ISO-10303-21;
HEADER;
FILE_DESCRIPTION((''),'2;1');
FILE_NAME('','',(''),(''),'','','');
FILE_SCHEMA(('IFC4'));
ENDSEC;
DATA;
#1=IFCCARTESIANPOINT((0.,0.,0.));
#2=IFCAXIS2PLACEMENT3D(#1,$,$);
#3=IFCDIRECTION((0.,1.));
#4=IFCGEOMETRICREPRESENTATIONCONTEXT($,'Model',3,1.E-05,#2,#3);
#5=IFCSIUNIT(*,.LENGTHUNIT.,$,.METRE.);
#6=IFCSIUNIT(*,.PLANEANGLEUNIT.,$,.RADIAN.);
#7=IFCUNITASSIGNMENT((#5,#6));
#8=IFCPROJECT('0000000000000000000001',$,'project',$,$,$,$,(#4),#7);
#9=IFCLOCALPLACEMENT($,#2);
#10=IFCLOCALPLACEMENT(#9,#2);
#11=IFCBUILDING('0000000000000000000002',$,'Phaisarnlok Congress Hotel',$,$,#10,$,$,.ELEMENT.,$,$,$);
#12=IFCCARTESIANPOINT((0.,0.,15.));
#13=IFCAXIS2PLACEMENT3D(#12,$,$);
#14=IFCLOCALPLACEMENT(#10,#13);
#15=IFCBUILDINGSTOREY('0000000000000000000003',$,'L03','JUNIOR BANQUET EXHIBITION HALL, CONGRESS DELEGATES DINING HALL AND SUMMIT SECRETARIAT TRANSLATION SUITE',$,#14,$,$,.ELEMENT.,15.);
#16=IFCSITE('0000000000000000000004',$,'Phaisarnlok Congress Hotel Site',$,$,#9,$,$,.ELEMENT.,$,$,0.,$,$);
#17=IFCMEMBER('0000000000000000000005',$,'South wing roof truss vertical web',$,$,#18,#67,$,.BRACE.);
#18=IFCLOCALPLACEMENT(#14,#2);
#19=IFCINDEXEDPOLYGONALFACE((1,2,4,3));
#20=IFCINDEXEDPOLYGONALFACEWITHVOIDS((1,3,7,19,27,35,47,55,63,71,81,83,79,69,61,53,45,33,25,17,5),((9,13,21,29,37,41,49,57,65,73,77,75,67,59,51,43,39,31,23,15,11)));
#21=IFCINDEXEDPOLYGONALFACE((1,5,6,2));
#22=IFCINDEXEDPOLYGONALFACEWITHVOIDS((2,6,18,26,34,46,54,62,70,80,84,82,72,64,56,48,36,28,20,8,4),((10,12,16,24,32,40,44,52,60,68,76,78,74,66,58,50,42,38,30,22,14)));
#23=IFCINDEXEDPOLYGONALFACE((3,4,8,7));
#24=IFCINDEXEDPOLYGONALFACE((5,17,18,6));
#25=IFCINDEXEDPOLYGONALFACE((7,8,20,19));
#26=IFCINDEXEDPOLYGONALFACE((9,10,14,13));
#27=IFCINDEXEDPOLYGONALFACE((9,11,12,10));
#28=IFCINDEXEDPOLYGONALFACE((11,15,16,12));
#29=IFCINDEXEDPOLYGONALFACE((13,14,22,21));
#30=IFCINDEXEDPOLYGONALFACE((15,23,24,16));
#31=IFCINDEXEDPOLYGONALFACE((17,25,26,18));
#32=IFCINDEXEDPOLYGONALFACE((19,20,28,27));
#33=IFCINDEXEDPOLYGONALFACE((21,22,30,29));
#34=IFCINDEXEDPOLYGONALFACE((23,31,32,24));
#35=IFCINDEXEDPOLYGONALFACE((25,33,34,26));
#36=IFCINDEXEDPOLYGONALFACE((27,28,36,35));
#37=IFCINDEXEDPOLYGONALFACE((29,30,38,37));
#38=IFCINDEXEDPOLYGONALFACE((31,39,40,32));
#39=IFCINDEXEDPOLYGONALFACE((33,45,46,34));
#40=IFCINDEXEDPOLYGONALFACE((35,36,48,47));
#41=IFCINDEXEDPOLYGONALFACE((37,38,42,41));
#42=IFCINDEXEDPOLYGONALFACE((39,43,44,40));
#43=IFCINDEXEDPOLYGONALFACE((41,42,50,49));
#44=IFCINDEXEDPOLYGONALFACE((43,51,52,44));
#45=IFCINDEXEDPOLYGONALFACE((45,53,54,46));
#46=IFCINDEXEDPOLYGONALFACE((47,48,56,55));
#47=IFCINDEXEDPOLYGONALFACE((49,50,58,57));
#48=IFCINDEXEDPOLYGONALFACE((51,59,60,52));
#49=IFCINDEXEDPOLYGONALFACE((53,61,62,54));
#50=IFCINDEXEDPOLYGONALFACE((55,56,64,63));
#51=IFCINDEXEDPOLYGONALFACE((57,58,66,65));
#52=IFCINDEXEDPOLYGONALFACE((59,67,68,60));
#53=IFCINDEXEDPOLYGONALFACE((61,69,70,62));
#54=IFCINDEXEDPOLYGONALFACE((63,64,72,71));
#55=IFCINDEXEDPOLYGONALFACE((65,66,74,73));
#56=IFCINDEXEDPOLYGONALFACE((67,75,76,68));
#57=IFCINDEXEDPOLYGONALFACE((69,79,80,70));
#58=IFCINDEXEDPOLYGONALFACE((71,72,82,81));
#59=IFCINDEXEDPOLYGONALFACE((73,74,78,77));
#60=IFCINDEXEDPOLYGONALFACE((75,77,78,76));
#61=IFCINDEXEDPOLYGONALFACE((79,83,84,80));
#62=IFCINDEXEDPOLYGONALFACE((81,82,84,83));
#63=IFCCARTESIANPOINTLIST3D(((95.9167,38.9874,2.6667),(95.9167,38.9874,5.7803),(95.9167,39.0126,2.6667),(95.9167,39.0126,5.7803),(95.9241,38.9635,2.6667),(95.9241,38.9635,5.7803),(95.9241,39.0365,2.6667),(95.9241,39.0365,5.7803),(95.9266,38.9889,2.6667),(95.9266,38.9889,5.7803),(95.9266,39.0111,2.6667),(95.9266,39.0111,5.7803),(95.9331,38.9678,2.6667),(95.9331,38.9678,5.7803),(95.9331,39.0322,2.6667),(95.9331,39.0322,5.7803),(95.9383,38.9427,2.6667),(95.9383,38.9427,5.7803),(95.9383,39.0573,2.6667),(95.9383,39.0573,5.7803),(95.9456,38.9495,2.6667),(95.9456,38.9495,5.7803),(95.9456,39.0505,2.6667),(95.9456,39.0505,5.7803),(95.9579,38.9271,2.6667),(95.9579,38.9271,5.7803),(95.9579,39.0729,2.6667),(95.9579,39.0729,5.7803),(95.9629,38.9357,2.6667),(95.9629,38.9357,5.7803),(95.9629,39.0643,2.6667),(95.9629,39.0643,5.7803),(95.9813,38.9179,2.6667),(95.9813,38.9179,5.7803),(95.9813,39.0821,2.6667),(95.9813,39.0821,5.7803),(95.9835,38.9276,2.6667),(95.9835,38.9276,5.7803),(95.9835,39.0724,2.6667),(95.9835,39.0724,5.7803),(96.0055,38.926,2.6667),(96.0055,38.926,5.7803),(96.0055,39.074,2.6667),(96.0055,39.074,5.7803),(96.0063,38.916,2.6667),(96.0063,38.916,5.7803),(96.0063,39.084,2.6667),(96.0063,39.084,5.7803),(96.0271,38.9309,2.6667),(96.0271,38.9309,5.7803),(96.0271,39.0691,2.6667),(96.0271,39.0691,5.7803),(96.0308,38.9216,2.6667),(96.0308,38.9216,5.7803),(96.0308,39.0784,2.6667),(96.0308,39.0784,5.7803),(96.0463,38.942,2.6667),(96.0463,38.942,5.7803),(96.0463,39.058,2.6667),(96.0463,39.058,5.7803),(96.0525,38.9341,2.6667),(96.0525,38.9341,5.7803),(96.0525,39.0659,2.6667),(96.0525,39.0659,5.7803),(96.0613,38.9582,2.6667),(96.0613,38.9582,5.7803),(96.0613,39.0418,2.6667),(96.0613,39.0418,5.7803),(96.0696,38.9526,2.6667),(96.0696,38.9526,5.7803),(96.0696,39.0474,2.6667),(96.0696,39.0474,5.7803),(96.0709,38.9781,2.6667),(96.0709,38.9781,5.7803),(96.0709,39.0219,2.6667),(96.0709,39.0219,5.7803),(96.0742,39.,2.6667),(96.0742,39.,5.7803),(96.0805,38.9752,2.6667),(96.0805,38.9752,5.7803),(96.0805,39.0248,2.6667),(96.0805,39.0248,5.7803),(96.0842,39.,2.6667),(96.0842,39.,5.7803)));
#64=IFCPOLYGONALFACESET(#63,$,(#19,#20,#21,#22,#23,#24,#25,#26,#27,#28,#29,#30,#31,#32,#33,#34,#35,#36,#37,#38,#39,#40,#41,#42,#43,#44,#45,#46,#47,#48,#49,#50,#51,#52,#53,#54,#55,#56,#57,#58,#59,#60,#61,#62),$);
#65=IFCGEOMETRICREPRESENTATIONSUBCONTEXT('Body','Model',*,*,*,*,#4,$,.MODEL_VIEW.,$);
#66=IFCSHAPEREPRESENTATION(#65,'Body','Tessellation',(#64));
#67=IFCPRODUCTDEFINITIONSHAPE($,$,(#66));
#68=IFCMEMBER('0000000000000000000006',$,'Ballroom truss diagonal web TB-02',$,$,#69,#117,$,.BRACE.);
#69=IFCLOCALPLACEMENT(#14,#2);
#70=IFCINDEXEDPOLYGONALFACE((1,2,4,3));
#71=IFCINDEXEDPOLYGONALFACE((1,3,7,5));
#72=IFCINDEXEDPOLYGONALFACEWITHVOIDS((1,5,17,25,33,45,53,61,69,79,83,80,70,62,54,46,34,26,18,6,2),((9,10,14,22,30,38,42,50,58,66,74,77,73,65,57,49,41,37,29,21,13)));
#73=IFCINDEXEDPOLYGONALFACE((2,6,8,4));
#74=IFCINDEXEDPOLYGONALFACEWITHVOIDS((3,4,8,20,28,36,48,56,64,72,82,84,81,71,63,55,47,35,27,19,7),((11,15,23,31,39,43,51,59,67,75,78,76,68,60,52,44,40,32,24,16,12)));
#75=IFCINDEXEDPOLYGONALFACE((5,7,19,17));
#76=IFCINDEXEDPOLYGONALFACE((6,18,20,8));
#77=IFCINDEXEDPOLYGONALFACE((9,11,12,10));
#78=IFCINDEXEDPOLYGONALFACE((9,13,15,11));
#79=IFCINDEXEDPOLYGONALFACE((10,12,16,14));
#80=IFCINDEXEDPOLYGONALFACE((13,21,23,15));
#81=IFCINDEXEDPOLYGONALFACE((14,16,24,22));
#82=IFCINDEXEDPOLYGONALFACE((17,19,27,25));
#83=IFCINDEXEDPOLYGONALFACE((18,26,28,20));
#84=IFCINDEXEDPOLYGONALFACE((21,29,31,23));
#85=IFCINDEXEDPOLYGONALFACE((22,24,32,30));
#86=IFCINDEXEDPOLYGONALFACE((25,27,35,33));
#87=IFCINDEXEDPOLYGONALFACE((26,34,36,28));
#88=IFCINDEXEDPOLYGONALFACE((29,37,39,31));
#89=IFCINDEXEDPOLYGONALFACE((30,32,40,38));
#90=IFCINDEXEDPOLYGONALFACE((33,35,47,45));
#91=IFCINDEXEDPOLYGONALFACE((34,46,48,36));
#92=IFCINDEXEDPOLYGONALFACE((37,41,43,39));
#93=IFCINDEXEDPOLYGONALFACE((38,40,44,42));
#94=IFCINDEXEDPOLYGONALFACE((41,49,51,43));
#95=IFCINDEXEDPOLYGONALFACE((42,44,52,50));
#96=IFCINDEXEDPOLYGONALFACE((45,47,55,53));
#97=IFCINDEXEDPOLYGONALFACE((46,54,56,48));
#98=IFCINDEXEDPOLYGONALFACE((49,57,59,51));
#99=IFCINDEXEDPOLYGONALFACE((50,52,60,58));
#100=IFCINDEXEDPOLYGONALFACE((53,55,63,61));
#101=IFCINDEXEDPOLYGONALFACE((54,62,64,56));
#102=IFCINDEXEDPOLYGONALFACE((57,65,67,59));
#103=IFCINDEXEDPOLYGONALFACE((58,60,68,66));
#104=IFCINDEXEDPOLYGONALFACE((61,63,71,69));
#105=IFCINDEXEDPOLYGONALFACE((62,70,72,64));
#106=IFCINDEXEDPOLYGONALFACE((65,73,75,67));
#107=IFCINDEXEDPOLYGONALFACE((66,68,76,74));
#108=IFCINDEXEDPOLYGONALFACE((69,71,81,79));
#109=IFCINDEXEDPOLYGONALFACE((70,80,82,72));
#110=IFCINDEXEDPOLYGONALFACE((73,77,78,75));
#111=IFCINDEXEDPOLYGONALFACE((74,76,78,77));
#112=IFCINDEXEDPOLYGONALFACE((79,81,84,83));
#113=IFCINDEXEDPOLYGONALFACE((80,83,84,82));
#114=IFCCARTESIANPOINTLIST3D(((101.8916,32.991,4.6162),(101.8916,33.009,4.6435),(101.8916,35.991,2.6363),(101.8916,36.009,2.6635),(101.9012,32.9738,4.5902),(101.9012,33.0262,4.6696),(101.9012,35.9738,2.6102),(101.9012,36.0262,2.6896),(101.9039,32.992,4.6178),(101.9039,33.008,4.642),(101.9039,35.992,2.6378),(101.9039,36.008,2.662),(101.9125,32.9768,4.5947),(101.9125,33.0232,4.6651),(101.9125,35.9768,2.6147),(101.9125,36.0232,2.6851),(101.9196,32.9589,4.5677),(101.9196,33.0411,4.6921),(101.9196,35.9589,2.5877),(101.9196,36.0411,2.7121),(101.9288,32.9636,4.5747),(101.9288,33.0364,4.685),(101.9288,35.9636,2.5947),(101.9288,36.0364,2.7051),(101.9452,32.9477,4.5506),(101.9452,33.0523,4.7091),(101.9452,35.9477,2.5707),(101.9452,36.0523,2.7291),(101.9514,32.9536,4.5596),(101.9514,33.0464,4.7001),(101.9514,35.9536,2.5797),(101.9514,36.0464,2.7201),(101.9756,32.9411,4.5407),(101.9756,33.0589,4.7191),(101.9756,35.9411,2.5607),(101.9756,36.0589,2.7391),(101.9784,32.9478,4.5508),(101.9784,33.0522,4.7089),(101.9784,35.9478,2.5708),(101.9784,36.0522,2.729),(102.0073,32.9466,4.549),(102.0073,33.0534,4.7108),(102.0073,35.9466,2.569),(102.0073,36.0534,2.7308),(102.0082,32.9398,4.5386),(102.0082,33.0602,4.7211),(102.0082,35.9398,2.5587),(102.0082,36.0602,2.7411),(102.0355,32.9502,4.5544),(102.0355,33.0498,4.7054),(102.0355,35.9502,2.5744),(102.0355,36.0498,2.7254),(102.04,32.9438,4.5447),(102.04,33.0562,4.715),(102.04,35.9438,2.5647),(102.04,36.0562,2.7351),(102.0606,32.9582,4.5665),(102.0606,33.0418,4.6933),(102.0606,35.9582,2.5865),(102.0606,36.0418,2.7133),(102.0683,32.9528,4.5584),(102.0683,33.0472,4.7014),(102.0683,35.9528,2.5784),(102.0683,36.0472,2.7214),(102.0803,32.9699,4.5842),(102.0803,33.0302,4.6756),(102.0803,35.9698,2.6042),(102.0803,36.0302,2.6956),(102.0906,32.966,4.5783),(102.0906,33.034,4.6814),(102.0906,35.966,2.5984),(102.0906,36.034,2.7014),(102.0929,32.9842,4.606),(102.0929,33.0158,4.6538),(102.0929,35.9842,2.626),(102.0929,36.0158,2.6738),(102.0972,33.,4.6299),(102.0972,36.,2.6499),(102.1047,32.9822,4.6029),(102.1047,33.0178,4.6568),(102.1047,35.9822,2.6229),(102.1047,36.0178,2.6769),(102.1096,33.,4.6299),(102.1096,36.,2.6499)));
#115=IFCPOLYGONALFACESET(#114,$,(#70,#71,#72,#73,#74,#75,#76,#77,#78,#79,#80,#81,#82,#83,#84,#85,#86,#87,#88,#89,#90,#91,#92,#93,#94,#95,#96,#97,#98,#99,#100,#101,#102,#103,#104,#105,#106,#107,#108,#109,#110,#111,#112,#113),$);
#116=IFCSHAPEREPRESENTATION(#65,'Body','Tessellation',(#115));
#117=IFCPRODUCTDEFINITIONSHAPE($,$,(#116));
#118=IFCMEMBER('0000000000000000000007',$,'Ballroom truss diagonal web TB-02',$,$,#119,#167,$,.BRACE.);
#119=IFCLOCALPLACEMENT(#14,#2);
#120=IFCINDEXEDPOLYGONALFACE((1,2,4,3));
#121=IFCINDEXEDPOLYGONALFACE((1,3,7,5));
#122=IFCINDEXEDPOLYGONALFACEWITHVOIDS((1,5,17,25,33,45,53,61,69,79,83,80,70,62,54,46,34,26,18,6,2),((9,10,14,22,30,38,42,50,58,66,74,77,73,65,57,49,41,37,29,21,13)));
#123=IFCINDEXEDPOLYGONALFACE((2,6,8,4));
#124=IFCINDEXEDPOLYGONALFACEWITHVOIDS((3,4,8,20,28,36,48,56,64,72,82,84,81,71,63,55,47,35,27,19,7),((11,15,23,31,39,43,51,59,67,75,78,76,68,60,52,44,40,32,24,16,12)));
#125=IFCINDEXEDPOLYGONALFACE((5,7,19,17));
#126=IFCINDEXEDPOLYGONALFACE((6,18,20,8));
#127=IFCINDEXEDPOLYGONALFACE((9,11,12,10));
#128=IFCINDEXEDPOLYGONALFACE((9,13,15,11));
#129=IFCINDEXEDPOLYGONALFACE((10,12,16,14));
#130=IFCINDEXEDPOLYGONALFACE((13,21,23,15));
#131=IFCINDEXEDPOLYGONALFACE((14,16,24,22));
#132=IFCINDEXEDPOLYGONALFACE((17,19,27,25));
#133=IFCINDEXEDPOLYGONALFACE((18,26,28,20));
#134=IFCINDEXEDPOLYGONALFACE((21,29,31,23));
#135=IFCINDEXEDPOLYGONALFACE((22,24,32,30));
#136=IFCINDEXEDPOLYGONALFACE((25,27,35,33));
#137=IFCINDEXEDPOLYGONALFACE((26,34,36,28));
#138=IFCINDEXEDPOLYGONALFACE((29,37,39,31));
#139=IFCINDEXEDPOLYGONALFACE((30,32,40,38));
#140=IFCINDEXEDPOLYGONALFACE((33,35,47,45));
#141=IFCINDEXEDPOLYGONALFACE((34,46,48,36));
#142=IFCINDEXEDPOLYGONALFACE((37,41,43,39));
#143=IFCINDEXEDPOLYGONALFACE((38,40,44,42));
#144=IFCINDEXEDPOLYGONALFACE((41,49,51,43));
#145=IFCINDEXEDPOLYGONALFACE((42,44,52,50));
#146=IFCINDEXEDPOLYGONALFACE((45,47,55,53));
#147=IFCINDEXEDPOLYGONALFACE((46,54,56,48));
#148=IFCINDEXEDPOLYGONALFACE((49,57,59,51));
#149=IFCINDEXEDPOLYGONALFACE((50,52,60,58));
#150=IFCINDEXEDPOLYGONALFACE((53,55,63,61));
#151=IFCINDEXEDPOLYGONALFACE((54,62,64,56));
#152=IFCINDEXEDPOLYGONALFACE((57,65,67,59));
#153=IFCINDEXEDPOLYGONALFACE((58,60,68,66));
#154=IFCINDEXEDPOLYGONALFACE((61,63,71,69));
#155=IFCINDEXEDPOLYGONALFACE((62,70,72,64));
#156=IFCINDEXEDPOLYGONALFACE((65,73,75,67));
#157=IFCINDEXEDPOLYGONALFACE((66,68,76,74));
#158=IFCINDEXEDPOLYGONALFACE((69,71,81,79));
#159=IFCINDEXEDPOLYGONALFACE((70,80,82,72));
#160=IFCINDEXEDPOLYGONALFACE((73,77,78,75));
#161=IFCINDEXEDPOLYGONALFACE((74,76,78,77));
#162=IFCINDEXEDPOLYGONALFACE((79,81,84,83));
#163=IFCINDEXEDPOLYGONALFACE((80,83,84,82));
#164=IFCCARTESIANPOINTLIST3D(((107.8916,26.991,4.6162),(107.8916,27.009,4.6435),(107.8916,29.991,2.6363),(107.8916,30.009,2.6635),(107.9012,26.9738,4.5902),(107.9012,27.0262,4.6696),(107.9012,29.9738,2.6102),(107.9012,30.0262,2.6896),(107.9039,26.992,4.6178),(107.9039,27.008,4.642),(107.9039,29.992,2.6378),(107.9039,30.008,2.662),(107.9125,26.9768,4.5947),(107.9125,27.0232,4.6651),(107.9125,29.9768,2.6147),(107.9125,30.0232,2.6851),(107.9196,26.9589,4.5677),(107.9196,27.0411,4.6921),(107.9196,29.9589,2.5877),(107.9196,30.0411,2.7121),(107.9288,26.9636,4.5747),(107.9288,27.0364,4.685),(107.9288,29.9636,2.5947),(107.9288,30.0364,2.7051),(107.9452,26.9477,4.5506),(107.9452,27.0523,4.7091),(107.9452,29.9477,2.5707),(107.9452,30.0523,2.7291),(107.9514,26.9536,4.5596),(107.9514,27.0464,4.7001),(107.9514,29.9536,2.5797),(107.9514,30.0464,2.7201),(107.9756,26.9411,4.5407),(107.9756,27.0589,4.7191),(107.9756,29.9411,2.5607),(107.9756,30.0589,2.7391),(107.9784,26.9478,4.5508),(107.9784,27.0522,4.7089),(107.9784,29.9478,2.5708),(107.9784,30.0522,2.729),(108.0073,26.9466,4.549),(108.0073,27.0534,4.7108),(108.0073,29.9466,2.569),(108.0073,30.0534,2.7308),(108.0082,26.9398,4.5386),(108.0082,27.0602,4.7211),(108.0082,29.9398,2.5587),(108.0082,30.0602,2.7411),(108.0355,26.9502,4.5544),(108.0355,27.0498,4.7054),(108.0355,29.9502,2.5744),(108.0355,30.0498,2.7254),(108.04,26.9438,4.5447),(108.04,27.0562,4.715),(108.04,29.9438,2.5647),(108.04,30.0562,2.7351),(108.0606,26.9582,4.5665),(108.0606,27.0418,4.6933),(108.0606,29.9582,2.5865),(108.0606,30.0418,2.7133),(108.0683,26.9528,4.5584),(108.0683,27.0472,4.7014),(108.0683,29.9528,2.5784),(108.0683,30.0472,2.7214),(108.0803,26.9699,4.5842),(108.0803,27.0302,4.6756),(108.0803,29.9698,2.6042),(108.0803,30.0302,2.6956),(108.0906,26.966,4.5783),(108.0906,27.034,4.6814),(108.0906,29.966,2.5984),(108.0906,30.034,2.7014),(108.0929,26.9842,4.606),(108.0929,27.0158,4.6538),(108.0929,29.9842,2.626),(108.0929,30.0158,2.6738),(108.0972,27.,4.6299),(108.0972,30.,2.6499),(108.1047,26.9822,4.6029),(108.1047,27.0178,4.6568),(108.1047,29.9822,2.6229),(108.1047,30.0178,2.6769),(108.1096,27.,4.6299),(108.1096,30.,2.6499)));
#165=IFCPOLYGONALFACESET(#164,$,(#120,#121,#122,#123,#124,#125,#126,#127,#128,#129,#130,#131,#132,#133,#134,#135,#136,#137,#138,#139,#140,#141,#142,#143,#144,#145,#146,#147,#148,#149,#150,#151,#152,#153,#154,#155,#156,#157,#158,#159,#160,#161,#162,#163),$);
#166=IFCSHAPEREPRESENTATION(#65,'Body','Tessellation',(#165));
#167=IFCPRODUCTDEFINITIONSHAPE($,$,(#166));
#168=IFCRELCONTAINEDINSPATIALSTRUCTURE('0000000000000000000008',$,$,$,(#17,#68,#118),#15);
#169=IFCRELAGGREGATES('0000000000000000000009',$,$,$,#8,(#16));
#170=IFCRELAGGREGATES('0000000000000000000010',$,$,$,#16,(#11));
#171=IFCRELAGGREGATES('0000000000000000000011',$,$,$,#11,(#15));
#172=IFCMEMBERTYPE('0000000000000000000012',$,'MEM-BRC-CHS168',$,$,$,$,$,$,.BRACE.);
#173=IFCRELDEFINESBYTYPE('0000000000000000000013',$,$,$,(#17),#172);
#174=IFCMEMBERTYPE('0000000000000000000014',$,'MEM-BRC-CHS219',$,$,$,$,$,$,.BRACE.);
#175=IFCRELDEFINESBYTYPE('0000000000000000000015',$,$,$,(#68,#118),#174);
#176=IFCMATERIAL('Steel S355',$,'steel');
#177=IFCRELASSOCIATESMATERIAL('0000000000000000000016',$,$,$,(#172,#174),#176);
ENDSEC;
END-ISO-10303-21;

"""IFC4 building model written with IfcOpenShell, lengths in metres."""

from ifc_helpers import new_model, si_unit, direction, frame, origin, origin_2d, place, context, subcontext, project, spatial, hollow_circle, extrude, material, material_profile, profile_set, type_object, element, save


model = new_model("IFC4")

# Units and contexts
model_context = context("Model", 3, precision=1e-05, world=origin(), true_north=direction((0.0, 1.0)))
body_context = subcontext(model_context, "Body", "Model", "MODEL_VIEW")
ifc_project = project(units=[si_unit("LENGTHUNIT", "METRE"), si_unit("PLANEANGLEUNIT", "RADIAN")], contexts=[model_context])

# Site, building, storey
site_placement = place(None, origin())
site = spatial("IfcSite", under=ifc_project, at=site_placement, Name="Phaisarnlok Congress Hotel Site", CompositionType="ELEMENT", RefElevation=0.0)
building_placement = place(site_placement, origin())
building = spatial("IfcBuilding", under=site, at=building_placement, Name="Phaisarnlok Congress Hotel", CompositionType="ELEMENT")
storey_placement = place(building_placement, frame((0.0, 0.0, 15.0)))
storey = spatial("IfcBuildingStorey", under=building, at=storey_placement, Name="L03", Description="JUNIOR BANQUET EXHIBITION HALL, CONGRESS DELEGATES DINING HALL AND SUMMIT SECRETARIAT TRANSLATION SUITE", CompositionType="ELEMENT", Elevation=15.0)

# Shared definitions
ifc_material_1 = material(Name="Steel S355", Category="steel")

# Members
ifc_material_profile_1 = material_profile(ifc_material_1, hollow_circle(Radius=0.0842, WallThickness=0.01, at=origin_2d()), Name="CHS 168.3x10")
ifc_profile_set_1 = profile_set([ifc_material_profile_1], Name="Steel S355")
member_type_1 = type_object("IfcMemberType", Name="MEM-BRC-CHS168", PredefinedType="BRACE", material=ifc_profile_set_1)
member_1_placement = place(storey_placement, frame((96.0, 39.0, 2.6667), z_axis=(0.0, 0.0, 1.0), x_axis=(1.0, 0.0, 0.0)))
element("IfcMember", 1, at=member_1_placement, inside=storey, type_object=member_type_1, Name="South wing roof truss vertical web", PredefinedType="BRACE", context=body_context, shape_type="SweptSolid", body=[
    extrude(hollow_circle(Radius=0.0842, WallThickness=0.01, at=origin_2d()), origin(), (0.0, 0.0, 1.0), 3.1135),
])
ifc_material_profile_2 = material_profile(ifc_material_1, hollow_circle(Radius=0.1096, WallThickness=0.0125, at=origin_2d()), Name="CHS 219.1x12.5")
ifc_profile_set_2 = profile_set([ifc_material_profile_2], Name="Steel S355")
member_type_2 = type_object("IfcMemberType", Name="MEM-BRC-CHS219", PredefinedType="BRACE", material=ifc_profile_set_2)
for number, where, z_axis, x_axis, name in (
    (2, (102.0, 36.0, 2.6499), (0.0, -0.834612, 0.550838), (1.0, 0.0, 0.0), "Ballroom truss diagonal web TB-02"),
    (3, (108.0, 30.0, 2.6499), (0.0, -0.834612, 0.550838), (1.0, 0.0, 0.0), "Ballroom truss diagonal web TB-02"),
):
    element("IfcMember", number, at=place(storey_placement, frame(where, z_axis=z_axis, x_axis=x_axis)), inside=storey, type_object=member_type_2, Name=name, PredefinedType="BRACE", context=body_context, shape_type="SweptSolid", body=[
        extrude(hollow_circle(Radius=0.1096, WallThickness=0.0125, at=origin_2d()), origin(), (0.0, 0.0, 1.0), 3.5945),
    ])

save(model, "model.ifc")
